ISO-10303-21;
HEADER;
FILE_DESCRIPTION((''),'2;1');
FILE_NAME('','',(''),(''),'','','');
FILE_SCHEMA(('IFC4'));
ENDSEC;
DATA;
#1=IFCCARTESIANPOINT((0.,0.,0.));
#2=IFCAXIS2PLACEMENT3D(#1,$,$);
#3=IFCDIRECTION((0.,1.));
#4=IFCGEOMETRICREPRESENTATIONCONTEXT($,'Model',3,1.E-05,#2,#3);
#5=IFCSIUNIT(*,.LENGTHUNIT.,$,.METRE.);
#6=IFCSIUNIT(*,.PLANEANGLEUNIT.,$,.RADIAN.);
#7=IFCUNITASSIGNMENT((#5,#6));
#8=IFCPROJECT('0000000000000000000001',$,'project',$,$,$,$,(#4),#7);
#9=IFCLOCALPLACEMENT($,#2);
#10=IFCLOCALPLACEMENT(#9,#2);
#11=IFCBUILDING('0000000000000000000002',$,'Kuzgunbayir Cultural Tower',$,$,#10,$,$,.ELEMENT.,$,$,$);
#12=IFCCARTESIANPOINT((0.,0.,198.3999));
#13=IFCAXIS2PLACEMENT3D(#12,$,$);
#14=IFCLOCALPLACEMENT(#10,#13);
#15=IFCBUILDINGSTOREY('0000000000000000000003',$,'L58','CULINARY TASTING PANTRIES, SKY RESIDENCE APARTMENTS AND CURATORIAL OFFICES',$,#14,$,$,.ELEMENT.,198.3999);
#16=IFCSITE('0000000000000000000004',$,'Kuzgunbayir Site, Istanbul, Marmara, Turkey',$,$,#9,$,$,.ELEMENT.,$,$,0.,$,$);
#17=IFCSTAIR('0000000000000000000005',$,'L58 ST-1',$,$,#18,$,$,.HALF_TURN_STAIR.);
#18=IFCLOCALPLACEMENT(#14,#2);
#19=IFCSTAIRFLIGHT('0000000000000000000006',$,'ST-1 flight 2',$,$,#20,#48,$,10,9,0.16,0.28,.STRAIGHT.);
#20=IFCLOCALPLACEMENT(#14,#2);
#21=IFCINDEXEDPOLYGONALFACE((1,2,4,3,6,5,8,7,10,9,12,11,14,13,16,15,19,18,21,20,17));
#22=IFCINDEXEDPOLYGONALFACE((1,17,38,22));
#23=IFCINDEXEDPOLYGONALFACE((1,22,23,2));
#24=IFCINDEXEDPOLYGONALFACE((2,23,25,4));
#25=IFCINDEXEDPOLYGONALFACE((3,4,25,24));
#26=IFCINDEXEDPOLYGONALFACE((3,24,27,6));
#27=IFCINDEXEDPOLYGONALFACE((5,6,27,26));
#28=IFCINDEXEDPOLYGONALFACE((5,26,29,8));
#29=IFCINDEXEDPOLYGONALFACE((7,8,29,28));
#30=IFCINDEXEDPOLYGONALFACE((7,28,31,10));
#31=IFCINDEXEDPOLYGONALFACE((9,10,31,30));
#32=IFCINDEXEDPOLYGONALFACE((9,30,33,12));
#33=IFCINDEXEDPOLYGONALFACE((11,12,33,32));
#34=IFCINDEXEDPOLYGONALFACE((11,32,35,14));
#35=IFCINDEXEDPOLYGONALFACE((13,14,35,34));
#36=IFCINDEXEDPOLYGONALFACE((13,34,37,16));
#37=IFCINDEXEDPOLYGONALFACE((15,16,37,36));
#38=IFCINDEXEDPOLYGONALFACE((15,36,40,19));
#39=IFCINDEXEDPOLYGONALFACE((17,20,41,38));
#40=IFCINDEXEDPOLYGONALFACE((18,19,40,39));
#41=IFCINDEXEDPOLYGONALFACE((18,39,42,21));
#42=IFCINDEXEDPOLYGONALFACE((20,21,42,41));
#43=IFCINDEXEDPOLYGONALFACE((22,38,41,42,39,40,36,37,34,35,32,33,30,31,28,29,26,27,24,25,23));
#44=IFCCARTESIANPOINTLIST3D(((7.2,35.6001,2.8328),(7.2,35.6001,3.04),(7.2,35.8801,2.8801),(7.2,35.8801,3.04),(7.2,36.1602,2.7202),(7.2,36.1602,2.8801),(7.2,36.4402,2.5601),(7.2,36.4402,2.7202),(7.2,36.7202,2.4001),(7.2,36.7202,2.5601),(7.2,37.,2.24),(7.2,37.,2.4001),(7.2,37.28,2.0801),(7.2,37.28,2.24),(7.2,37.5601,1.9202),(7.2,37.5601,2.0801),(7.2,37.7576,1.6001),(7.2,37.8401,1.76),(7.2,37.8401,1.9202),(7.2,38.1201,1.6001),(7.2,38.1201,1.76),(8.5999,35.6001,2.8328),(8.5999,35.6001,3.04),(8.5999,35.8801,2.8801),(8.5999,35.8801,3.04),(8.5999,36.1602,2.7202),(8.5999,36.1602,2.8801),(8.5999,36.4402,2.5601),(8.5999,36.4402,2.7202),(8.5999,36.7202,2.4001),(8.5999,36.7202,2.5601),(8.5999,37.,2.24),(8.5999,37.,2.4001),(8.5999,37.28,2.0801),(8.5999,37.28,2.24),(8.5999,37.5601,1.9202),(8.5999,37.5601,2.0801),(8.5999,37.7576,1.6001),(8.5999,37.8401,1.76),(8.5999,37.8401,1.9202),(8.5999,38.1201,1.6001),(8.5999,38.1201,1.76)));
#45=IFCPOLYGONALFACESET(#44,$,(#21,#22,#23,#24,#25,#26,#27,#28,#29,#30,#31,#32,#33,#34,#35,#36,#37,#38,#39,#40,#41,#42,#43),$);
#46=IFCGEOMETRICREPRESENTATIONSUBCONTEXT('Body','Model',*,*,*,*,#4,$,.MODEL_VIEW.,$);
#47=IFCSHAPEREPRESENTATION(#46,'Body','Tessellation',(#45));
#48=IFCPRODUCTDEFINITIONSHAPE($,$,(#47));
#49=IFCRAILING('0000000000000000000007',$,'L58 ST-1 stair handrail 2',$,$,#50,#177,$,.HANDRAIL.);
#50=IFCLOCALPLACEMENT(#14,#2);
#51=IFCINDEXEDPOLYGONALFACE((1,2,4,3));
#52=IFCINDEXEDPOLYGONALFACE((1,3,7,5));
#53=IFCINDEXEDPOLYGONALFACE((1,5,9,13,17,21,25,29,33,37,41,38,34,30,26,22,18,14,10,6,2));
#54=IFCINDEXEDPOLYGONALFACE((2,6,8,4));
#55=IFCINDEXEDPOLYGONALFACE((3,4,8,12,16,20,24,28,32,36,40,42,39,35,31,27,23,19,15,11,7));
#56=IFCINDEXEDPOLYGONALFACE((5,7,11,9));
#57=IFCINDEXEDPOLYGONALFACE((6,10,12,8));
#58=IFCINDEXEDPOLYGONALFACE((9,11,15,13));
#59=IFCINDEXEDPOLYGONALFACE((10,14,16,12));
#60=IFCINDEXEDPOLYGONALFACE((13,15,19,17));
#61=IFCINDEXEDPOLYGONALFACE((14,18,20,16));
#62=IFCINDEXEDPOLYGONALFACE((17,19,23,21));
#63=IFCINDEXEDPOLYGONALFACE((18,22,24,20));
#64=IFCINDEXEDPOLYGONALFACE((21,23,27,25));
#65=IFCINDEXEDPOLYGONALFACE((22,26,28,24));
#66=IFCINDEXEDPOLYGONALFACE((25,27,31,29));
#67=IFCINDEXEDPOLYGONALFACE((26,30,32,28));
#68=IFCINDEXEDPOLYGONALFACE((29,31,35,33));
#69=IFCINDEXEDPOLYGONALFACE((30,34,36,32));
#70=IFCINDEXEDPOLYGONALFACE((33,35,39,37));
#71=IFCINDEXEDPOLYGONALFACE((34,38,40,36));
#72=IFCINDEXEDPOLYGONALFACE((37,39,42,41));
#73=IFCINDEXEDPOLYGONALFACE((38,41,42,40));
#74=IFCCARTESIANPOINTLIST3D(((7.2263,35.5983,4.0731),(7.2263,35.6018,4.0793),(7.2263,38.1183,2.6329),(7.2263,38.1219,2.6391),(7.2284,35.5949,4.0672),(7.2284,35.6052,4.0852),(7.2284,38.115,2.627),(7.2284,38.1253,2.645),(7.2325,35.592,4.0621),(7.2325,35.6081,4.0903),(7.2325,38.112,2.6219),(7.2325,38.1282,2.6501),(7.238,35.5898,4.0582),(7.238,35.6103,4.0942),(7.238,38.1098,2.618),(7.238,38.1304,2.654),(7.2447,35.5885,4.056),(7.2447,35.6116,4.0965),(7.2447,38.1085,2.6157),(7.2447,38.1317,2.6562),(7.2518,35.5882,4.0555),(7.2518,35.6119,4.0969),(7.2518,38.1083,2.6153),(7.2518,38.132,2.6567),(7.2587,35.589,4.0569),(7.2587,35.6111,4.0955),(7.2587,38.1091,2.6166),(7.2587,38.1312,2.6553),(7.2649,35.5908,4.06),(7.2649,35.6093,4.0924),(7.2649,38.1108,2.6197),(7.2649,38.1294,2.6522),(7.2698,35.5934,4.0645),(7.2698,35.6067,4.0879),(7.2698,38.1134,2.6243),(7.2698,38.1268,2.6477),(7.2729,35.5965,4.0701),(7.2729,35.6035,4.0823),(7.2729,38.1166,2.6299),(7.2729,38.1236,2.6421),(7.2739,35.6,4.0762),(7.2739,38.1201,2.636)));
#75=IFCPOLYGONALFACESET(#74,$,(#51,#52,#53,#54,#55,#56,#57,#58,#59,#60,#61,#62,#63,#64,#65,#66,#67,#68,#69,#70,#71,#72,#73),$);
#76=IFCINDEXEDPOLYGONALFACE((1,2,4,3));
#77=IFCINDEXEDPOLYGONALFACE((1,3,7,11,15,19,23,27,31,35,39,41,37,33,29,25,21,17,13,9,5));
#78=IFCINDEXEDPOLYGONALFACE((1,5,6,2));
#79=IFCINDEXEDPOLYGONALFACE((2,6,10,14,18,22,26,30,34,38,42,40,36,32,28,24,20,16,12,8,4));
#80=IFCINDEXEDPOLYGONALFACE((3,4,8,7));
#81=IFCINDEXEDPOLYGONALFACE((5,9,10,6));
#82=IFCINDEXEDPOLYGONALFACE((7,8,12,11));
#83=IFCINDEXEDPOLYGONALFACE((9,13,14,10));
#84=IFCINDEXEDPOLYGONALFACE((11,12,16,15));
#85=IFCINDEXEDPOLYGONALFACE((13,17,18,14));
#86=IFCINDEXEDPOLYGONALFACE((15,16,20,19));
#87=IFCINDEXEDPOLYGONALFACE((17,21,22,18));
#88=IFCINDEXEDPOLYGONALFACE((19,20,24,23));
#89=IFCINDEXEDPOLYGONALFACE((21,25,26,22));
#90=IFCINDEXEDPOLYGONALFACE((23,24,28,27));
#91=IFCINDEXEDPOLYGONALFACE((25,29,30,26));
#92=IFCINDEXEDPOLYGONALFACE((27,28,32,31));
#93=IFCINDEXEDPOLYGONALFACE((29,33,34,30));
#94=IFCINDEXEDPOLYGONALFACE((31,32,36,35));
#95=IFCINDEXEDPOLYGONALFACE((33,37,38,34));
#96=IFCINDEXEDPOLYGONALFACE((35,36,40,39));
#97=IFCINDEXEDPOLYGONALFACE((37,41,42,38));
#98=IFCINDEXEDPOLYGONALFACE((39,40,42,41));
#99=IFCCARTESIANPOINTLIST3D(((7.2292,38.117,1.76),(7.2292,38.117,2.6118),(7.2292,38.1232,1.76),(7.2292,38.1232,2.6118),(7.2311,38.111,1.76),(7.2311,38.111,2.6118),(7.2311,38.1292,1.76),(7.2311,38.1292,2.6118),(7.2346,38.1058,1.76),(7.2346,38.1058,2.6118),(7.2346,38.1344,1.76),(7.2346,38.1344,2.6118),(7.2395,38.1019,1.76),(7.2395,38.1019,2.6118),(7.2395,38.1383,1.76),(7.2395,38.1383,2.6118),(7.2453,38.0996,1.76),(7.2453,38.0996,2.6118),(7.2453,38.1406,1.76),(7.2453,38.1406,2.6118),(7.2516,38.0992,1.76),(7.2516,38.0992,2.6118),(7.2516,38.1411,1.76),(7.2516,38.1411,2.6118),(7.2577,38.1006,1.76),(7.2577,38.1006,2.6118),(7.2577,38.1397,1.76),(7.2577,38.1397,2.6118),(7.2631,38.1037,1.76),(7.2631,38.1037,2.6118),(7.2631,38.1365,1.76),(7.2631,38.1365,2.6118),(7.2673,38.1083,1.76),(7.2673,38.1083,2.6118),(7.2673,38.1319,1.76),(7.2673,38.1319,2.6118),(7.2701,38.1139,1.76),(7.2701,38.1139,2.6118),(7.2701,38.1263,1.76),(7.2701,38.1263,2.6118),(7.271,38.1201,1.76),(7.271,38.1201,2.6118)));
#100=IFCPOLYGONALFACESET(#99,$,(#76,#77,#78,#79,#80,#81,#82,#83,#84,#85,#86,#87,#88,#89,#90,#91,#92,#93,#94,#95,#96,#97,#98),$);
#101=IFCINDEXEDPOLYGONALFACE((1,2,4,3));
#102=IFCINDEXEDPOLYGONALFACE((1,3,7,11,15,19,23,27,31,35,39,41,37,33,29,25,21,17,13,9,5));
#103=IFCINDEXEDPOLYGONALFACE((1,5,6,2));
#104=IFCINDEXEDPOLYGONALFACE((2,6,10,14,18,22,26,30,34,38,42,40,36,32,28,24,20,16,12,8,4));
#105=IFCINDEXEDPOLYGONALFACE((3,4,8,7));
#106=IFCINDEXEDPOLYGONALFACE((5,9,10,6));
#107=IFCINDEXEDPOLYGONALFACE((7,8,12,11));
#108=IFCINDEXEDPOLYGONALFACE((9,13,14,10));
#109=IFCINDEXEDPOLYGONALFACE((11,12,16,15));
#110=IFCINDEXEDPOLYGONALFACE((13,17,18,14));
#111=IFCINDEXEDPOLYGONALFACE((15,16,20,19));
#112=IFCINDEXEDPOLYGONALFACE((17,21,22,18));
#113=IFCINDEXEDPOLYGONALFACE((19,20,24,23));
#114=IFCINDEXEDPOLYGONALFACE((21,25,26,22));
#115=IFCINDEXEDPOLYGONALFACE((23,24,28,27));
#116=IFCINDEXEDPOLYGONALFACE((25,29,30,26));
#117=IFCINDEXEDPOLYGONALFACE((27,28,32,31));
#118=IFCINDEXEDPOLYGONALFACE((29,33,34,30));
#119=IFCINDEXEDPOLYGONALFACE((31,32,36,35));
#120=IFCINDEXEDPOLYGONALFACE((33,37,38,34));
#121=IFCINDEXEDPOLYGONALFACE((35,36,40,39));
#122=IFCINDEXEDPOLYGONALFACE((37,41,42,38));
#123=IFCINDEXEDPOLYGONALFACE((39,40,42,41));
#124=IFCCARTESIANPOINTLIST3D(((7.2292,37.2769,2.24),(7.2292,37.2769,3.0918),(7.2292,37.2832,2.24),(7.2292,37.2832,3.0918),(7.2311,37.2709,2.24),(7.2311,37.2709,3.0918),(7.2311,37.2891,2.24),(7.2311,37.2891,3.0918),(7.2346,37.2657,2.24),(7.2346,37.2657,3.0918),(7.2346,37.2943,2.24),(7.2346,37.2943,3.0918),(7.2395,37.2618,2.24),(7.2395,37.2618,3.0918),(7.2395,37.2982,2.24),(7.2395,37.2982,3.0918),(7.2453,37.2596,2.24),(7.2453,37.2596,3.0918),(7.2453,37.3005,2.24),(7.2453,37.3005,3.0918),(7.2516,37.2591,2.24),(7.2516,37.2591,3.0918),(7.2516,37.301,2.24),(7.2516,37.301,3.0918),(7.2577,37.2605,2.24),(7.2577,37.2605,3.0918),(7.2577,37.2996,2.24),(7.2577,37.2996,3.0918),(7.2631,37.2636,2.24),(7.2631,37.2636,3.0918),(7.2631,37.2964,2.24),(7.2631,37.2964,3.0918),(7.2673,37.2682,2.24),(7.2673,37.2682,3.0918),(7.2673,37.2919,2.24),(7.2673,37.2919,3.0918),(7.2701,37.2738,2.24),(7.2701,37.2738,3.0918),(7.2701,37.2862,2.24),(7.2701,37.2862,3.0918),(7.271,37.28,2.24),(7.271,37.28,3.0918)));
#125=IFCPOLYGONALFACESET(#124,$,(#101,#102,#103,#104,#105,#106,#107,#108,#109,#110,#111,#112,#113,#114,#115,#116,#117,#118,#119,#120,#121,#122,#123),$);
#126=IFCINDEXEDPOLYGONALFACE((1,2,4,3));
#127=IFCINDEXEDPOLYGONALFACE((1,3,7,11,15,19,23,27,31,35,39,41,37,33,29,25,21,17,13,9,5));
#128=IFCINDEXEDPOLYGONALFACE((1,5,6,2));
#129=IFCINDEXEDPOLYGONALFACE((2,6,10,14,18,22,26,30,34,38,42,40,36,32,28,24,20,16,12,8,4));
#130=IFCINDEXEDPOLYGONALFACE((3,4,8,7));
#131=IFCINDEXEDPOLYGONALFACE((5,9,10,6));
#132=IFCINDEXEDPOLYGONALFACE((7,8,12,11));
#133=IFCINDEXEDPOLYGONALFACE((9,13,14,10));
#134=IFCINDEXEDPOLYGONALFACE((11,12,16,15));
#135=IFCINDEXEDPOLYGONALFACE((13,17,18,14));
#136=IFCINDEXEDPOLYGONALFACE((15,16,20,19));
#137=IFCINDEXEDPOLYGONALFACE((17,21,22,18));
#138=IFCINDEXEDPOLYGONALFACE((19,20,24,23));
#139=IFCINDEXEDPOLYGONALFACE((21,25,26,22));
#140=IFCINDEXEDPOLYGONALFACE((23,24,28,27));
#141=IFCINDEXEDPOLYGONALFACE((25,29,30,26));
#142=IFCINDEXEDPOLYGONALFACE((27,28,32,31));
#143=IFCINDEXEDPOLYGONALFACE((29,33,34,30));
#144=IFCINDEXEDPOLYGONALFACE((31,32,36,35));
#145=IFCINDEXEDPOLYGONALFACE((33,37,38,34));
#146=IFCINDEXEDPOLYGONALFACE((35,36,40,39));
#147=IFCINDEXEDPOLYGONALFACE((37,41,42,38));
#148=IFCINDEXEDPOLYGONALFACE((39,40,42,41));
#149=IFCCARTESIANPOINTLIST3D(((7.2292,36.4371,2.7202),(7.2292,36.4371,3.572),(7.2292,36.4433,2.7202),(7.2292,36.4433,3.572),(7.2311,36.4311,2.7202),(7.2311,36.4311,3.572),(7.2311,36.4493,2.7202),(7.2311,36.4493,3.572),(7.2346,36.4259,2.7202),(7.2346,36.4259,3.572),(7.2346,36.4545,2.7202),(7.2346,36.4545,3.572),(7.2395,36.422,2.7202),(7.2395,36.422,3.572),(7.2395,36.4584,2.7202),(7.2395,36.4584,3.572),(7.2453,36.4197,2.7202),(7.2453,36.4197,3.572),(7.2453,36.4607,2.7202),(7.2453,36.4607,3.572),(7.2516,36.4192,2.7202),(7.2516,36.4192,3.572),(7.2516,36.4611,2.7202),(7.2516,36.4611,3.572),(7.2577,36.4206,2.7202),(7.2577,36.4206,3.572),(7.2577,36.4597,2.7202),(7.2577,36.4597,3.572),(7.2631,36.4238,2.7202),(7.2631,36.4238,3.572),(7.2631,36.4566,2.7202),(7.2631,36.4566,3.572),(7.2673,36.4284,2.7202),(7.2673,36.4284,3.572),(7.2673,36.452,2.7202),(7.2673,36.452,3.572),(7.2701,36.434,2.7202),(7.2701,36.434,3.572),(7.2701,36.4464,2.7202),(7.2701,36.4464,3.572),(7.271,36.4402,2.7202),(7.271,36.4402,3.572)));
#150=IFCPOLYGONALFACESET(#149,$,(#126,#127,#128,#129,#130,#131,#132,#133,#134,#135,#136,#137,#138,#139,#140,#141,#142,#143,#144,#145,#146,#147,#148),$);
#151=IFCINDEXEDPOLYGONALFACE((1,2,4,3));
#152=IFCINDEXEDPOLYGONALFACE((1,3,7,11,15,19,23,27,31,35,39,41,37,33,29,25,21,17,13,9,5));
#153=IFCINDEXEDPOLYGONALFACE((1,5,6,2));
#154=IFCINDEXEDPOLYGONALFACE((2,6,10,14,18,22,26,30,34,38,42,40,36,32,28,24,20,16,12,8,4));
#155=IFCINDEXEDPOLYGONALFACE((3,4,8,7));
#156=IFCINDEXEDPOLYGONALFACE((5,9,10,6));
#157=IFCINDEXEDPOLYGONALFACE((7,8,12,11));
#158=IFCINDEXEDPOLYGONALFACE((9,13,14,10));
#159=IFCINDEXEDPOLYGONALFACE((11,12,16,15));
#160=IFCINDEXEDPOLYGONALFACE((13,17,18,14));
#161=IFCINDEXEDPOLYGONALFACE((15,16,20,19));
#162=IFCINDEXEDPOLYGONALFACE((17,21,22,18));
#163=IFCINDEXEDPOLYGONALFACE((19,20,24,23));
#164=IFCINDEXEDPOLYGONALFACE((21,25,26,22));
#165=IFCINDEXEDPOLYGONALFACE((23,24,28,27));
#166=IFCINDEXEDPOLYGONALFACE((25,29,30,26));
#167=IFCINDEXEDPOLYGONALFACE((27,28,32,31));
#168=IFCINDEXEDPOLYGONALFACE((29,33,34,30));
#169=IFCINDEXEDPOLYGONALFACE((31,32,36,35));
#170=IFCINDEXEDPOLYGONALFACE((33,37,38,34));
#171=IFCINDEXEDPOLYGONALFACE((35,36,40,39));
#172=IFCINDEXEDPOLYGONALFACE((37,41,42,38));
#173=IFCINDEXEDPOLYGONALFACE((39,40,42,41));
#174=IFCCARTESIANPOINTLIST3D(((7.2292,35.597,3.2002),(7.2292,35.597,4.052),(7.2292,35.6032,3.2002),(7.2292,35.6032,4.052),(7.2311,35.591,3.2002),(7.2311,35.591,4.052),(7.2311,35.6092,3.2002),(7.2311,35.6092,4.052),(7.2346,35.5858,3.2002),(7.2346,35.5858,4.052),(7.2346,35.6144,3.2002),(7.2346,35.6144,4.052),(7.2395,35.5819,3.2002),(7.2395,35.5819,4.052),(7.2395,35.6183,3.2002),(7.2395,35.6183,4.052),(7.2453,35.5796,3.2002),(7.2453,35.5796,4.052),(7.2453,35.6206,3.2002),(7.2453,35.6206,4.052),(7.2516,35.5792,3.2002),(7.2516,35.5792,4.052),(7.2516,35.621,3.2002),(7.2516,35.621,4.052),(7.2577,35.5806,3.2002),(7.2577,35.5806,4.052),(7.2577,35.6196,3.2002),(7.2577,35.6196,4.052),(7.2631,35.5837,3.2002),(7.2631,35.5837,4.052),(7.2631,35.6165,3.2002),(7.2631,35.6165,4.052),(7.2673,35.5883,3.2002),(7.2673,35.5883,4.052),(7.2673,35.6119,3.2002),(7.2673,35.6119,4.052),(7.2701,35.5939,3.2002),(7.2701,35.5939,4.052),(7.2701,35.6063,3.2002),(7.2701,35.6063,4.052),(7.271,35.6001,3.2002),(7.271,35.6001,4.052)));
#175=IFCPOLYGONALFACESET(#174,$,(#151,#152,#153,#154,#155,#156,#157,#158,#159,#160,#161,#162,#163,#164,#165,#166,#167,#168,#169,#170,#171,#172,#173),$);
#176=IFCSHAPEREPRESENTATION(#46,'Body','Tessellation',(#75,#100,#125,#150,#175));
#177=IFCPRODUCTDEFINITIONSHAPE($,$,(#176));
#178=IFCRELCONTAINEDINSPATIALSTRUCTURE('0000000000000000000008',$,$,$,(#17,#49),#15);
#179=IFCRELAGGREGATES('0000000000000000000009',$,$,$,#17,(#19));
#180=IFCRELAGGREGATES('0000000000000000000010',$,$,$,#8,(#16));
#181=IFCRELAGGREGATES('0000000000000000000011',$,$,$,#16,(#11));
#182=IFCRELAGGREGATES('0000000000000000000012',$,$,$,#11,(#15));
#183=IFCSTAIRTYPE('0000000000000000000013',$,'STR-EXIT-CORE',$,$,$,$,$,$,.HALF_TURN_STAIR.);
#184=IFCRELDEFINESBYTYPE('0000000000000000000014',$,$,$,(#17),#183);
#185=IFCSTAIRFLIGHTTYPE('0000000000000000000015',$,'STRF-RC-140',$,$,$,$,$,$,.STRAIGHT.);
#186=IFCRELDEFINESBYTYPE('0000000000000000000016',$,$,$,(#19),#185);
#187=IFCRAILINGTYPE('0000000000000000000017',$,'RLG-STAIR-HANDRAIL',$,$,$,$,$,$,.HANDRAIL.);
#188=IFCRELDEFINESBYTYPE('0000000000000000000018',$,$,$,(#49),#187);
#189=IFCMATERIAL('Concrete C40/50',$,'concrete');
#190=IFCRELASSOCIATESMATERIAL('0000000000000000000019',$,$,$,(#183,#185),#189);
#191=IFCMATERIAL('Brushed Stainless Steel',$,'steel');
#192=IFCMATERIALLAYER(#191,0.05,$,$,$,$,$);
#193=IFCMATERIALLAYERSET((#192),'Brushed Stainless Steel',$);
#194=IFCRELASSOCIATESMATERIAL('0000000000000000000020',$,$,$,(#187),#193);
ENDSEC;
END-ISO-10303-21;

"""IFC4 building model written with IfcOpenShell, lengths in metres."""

from ifc_helpers import new_model, si_unit, direction, frame, origin, origin_2d, place, context, subcontext, project, spatial, polyline, circle, outline, extrude, material, layer, layer_set, type_object, element, aggregate, save


model = new_model("IFC4")

# Units and contexts
model_context = context("Model", 3, precision=1e-05, world=origin(), true_north=direction((0.0, 1.0)))
body_context = subcontext(model_context, "Body", "Model", "MODEL_VIEW")
ifc_project = project(units=[si_unit("LENGTHUNIT", "METRE"), si_unit("PLANEANGLEUNIT", "RADIAN")], contexts=[model_context])

# Site, building, storey
site_placement = place(None, origin())
site = spatial("IfcSite", under=ifc_project, at=site_placement, Name="Kuzgunbayir Site, Istanbul, Marmara, Turkey", CompositionType="ELEMENT", RefElevation=0.0)
building_placement = place(site_placement, origin())
building = spatial("IfcBuilding", under=site, at=building_placement, Name="Kuzgunbayir Cultural Tower", CompositionType="ELEMENT")
storey_placement = place(building_placement, frame((0.0, 0.0, 198.3999)))
storey = spatial("IfcBuildingStorey", under=building, at=storey_placement, Name="L58", Description="CULINARY TASTING PANTRIES, SKY RESIDENCE APARTMENTS AND CURATORIAL OFFICES", CompositionType="ELEMENT", Elevation=198.3999)

# Shared definitions
ifc_material_1 = material(Name="Concrete C40/50", Category="concrete")

# Stair, stair flight
stair_type = type_object("IfcStairType", Name="STR-EXIT-CORE", PredefinedType="HALF_TURN_STAIR", material=ifc_material_1)
stair_placement = place(storey_placement, origin())
stair = element("IfcStair", 1, at=stair_placement, inside=storey, type_object=stair_type, Name="L58 ST-1", PredefinedType="HALF_TURN_STAIR")
stair_flight_type = type_object("IfcStairFlightType", Name="STRF-RC-140", PredefinedType="STRAIGHT", material=ifc_material_1)
stair_flight_placement = place(storey_placement, frame((7.8999, 38.1201, 1.6001), z_axis=(0.0, 0.0, 1.0), x_axis=(0.0, -1.0, 0.0)))
stair_flight = element("IfcStairFlight", 2, at=stair_flight_placement, type_object=stair_flight_type, Name="ST-1 flight 2", NumberOfRisers=10, NumberOfTreads=9, PredefinedType="STRAIGHT", RiserHeight=0.16, TreadLength=0.28, context=body_context, shape_type="SweptSolid", body=[
    extrude(outline(polyline([(0.0, 0.0), (0.0, 0.1599), (0.28, 0.1599), (0.28, 0.3201), (0.5601, 0.3201), (0.5601, 0.48), (0.8401, 0.48), (0.8401, 0.6399), (1.1201, 0.6399), (1.1201, 0.8), (1.3999, 0.8), (1.3999, 0.96), (1.6799, 0.96), (1.6799, 1.1201), (1.96, 1.1201), (1.96, 1.28), (2.24, 1.28), (2.24, 1.4399), (2.52, 1.4399), (2.52, 1.6001), (2.52, 1.2327), (0.3625, 0.0), (0.0, 0.0)])), frame((0.0, 0.7, 0.0), z_axis=(0.0, -1.0, 0.0), x_axis=(1.0, 0.0, 0.0)), (0.0, 0.0, 1.0), 1.3999),
])
aggregate(stair, [stair_flight])

# Railing
ifc_material_2 = material(Name="Brushed Stainless Steel", Category="steel")
ifc_layer_1 = layer(ifc_material_2, 0.05)
ifc_layer_set_1 = layer_set([ifc_layer_1], Name="Brushed Stainless Steel")
railing_type_1 = type_object("IfcRailingType", Name="RLG-STAIR-HANDRAIL", PredefinedType="HANDRAIL", material=ifc_layer_set_1)
railing_1_placement = place(storey_placement, frame((7.25, 38.1201, 1.76)))
element("IfcRailing", 3, at=railing_1_placement, inside=storey, type_object=railing_type_1, Name="L58 ST-1 stair handrail 2", PredefinedType="HANDRAIL", context=body_context, shape_type="SweptSolid", body=[
    extrude(circle(Radius=0.0239, at=origin_2d()), frame((0.0, 0.0, 0.876), z_axis=(0.0, -0.868217, 0.496184), x_axis=(1.0, 0.0, 0.0)), (0.0, 0.0, 1.0), 2.9026),
    extrude(circle(Radius=0.021, at=origin_2d()), origin(), (0.0, 0.0, 1.0), 0.8518),
    extrude(circle(Radius=0.021, at=origin_2d()), frame((0.0, -0.8401, 0.48)), (0.0, 0.0, 1.0), 0.8518),
    extrude(circle(Radius=0.021, at=origin_2d()), frame((0.0, -1.6799, 0.9602)), (0.0, 0.0, 1.0), 0.8518),
    extrude(circle(Radius=0.021, at=origin_2d()), frame((0.0, -2.52, 1.4402)), (0.0, 0.0, 1.0), 0.8518),
])

save(model, "model.ifc")
